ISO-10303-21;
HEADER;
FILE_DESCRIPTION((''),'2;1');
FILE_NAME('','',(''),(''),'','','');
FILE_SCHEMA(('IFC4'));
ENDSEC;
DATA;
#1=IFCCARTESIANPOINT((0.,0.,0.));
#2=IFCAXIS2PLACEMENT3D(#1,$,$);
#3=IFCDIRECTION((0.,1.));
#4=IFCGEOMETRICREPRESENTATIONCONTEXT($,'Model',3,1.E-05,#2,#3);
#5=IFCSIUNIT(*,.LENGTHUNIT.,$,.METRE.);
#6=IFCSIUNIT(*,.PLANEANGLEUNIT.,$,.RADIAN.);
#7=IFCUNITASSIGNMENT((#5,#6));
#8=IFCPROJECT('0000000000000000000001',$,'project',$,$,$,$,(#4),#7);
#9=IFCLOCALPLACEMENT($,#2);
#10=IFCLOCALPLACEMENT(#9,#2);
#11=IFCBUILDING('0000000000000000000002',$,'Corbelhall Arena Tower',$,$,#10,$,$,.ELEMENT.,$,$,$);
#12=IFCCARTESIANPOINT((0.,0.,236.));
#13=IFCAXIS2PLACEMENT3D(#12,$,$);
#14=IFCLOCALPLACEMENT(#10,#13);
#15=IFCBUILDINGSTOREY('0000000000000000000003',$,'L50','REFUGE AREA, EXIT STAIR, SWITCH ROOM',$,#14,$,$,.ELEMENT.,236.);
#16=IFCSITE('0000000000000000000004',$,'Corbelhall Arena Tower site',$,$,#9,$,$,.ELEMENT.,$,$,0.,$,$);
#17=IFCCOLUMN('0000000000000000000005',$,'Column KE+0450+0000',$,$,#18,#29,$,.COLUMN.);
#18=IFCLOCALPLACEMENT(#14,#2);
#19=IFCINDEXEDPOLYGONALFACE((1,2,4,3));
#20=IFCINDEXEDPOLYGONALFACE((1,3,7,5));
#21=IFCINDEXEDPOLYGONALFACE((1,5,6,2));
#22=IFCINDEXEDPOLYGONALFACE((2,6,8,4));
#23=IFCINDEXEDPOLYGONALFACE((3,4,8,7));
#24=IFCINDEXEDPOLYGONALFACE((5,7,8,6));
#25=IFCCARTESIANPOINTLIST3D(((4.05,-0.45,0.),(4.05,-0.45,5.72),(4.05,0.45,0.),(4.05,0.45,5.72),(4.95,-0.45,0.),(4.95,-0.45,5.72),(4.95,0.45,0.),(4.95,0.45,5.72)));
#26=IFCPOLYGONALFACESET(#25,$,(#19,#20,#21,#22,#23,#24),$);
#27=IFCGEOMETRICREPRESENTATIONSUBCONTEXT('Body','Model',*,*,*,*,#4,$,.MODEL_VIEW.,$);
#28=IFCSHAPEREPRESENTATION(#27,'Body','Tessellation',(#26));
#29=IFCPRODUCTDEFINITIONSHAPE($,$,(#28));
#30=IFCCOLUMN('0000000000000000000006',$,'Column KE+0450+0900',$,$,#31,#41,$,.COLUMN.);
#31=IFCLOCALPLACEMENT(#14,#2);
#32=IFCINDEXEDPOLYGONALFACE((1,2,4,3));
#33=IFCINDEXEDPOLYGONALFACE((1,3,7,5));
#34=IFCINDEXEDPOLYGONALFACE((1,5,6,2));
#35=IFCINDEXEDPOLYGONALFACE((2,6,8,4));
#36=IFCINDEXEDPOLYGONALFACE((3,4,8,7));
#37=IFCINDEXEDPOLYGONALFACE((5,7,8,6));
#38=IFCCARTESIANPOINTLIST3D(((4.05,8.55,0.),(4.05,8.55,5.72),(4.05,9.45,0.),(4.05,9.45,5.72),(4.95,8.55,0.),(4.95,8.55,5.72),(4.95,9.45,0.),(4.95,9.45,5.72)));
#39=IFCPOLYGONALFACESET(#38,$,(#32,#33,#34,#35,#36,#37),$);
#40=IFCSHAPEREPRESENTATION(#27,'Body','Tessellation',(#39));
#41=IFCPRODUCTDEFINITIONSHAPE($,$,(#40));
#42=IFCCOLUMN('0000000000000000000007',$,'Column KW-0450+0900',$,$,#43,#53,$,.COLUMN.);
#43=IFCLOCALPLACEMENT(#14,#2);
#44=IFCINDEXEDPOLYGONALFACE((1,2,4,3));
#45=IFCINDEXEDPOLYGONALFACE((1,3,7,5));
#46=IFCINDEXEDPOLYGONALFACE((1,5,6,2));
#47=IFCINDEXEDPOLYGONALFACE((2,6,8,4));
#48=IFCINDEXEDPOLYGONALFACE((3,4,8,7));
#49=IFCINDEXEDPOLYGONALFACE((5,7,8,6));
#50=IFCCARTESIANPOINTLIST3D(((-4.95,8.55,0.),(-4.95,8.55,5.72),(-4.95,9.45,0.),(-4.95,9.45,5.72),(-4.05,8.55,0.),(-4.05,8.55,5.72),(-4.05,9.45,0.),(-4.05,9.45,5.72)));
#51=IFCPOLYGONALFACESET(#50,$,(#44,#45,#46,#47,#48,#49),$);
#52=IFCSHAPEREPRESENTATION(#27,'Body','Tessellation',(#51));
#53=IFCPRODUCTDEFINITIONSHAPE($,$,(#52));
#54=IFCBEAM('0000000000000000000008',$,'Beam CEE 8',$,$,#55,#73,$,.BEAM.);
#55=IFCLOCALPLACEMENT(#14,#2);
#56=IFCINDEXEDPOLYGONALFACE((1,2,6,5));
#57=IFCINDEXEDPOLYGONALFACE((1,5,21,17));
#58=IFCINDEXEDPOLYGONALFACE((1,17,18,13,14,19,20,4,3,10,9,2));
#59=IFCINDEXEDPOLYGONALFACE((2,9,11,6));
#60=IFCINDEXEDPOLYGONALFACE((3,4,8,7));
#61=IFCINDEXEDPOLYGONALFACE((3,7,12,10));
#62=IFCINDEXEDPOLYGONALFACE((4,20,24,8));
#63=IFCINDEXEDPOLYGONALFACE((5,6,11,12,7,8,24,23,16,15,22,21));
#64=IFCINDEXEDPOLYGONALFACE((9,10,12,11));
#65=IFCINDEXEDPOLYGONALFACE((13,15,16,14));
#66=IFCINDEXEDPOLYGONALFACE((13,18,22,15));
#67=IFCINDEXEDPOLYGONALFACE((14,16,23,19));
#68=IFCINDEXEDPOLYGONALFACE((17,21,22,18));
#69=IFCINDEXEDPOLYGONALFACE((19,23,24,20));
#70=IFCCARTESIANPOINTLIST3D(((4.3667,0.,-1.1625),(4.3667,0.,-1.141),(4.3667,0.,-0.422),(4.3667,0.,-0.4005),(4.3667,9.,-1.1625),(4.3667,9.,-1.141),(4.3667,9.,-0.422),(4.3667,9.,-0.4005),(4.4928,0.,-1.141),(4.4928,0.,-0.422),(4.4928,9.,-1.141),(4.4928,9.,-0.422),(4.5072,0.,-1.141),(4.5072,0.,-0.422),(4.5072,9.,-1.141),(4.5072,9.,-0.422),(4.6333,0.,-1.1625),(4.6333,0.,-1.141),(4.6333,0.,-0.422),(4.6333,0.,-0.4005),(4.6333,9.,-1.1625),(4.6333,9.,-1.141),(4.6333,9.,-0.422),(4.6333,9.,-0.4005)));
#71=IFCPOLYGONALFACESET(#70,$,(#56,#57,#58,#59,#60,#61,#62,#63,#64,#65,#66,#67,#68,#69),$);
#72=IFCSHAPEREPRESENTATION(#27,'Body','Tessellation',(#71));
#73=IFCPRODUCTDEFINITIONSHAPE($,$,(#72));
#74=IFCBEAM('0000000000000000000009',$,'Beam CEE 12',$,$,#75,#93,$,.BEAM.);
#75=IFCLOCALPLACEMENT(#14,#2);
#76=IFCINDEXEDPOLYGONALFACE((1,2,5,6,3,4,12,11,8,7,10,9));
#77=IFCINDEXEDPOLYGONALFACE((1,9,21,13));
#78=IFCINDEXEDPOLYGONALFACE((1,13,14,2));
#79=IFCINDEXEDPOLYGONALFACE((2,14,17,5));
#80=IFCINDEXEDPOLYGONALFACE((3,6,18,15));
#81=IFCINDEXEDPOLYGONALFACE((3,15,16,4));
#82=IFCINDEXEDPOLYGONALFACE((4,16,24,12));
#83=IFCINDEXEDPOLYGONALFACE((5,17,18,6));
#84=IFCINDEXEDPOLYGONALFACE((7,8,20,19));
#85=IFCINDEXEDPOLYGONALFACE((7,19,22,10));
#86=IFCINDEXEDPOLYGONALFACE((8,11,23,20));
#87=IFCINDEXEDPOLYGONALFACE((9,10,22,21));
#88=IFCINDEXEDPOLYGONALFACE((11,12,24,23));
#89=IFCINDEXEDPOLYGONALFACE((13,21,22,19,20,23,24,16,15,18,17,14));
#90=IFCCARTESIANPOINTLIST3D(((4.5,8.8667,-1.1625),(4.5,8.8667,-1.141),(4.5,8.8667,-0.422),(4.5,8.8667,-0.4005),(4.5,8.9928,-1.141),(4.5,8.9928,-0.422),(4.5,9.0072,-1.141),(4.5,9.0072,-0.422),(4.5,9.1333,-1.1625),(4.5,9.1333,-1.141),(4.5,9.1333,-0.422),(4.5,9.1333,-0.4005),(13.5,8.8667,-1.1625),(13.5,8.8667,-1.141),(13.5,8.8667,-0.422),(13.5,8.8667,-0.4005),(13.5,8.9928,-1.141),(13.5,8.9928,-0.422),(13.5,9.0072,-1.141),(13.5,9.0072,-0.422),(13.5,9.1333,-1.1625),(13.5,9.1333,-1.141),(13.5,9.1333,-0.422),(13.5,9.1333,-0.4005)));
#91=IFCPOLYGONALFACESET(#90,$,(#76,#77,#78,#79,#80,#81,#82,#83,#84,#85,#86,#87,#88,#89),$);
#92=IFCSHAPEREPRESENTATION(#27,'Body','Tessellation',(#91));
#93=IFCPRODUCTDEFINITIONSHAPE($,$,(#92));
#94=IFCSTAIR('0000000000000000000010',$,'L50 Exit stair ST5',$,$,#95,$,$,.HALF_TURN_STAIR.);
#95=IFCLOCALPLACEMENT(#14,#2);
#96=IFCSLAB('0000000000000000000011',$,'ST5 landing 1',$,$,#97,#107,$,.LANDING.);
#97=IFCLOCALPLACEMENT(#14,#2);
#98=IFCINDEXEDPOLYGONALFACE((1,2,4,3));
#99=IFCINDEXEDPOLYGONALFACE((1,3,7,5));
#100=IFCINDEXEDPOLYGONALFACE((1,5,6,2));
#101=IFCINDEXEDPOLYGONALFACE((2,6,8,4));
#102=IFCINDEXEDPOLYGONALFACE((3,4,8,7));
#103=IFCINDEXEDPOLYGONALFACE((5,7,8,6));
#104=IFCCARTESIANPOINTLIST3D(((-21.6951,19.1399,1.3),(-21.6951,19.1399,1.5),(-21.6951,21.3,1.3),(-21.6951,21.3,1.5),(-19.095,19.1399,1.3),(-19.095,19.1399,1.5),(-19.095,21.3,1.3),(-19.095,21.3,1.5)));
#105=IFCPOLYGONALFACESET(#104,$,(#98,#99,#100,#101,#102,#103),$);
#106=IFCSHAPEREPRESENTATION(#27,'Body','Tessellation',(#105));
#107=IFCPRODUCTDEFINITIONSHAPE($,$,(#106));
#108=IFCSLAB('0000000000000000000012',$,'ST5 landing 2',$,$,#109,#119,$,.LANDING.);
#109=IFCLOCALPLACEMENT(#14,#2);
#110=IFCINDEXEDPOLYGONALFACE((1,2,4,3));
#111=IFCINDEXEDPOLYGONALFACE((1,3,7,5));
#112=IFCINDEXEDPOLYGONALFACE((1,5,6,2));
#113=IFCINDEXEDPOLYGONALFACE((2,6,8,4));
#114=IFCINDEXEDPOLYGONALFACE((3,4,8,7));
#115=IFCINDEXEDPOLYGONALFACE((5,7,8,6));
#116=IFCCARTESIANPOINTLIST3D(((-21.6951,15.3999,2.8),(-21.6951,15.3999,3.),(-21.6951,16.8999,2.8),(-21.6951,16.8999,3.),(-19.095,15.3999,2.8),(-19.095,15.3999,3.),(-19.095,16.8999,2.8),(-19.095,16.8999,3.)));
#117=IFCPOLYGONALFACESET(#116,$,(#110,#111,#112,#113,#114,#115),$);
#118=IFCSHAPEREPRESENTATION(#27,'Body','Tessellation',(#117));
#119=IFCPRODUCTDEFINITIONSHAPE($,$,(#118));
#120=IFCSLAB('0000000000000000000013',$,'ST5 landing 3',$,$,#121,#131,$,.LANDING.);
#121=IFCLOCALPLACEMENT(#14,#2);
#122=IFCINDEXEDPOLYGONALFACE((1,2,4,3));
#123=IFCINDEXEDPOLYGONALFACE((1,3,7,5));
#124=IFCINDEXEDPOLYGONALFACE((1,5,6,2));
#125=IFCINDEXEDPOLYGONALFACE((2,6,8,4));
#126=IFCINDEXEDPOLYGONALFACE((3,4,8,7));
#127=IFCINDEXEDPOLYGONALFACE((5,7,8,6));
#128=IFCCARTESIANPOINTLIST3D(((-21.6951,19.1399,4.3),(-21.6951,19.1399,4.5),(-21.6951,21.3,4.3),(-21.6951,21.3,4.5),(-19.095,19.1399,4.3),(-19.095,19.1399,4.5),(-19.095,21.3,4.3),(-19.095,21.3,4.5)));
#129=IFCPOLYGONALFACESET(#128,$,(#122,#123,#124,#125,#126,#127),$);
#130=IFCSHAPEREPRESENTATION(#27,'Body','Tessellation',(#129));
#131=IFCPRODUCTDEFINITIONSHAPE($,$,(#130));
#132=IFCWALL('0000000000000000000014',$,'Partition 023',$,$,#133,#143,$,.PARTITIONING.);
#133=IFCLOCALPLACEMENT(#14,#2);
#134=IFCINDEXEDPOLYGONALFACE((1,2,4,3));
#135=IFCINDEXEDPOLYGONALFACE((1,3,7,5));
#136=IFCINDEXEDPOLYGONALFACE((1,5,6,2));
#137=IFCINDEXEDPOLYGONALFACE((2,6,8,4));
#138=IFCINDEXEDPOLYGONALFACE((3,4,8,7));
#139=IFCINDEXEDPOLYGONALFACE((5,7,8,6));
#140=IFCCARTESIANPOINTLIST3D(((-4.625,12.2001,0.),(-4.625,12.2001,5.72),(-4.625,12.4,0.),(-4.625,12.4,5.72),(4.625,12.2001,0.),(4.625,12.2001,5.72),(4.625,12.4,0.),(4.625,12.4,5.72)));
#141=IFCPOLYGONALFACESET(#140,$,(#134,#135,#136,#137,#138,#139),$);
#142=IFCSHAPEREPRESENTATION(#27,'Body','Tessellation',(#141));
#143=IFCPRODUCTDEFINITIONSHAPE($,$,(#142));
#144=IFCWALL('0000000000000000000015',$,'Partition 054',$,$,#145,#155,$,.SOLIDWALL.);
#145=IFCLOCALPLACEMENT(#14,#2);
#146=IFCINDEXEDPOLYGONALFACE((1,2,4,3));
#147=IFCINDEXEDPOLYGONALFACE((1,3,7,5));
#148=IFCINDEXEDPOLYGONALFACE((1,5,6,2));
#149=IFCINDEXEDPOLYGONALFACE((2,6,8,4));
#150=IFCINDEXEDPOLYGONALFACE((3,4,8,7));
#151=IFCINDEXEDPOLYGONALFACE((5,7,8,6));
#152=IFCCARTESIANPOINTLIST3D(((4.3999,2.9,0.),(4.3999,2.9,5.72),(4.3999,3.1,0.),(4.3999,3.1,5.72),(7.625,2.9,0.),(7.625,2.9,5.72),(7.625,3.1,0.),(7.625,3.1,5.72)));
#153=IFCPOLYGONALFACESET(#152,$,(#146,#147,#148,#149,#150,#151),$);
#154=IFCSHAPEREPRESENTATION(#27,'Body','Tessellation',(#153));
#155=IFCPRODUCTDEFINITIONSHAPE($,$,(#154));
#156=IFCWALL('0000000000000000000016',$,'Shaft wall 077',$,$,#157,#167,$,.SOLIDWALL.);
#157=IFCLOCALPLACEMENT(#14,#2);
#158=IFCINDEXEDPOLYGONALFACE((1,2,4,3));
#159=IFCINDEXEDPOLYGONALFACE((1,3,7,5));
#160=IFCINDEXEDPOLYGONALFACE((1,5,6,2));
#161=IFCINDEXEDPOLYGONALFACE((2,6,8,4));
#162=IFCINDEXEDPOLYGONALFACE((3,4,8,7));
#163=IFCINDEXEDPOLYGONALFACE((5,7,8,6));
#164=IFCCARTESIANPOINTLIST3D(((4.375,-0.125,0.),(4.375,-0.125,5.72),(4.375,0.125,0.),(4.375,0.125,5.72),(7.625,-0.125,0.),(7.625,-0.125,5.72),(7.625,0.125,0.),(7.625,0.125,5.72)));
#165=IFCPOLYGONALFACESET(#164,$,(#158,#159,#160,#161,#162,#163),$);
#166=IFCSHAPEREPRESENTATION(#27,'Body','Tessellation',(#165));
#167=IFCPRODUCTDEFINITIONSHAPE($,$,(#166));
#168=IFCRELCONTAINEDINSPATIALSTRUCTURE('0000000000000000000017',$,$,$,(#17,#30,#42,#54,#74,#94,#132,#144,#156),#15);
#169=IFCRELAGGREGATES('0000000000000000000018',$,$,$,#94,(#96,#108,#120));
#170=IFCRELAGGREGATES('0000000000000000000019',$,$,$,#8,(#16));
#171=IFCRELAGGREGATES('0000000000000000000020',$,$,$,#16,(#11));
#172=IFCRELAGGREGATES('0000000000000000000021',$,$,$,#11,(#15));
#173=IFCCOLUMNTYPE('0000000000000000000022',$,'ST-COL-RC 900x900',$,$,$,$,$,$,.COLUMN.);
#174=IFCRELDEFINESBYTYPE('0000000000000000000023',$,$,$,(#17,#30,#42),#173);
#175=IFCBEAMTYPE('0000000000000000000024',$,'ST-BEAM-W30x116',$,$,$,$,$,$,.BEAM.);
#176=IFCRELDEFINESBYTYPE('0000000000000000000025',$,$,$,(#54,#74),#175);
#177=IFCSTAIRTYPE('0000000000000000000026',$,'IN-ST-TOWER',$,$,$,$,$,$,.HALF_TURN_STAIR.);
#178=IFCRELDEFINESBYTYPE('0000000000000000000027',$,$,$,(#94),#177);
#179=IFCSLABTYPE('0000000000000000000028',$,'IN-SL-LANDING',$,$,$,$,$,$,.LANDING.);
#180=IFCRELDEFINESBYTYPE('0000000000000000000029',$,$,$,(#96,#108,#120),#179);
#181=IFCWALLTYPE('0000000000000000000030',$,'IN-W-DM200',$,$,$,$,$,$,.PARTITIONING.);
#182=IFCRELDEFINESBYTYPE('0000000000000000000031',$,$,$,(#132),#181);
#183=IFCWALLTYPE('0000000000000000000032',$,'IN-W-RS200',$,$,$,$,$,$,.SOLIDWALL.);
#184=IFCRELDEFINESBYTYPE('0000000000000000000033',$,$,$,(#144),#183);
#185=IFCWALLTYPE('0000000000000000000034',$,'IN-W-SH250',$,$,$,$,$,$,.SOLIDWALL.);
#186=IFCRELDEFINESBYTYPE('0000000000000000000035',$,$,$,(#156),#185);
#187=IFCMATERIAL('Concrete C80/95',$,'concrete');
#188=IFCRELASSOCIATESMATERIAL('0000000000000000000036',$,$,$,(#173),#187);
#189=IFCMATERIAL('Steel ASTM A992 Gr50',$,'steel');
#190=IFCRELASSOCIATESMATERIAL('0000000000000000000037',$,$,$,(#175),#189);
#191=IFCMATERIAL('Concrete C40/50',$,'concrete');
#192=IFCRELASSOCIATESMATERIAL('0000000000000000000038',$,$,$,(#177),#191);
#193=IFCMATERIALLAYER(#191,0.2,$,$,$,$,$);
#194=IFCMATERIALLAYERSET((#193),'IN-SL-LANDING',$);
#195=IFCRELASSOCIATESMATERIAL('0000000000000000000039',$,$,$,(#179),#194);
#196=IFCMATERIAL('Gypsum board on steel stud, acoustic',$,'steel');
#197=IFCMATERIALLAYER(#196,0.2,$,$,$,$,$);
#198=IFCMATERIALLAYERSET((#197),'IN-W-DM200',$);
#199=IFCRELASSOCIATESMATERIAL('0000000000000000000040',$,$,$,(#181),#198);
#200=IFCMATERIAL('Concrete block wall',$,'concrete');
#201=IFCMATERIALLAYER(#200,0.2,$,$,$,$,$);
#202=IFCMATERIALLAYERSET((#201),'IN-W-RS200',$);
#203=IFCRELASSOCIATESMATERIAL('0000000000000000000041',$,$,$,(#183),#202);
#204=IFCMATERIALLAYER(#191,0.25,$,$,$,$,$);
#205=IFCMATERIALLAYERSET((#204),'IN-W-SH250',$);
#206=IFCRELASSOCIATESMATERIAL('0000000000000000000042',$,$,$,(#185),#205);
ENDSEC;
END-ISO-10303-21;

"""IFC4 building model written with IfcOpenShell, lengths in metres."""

from ifc_helpers import new_model, si_unit, direction, frame, frame_2d, origin, origin_2d, place, context, subcontext, project, spatial, polyline, rectangle, i_section, outline, extrude, material, layer, layer_set, material_profile, profile_set, type_object, element, aggregate, save


model = new_model("IFC4")

# Units and contexts
model_context = context("Model", 3, precision=1e-05, world=origin(), true_north=direction((0.0, 1.0)))
body_context = subcontext(model_context, "Body", "Model", "MODEL_VIEW")
ifc_project = project(units=[si_unit("LENGTHUNIT", "METRE"), si_unit("PLANEANGLEUNIT", "RADIAN")], contexts=[model_context])

# Site, building, storey
site_placement = place(None, origin())
site = spatial("IfcSite", under=ifc_project, at=site_placement, Name="Corbelhall Arena Tower site", CompositionType="ELEMENT", RefElevation=0.0)
building_placement = place(site_placement, origin())
building = spatial("IfcBuilding", under=site, at=building_placement, Name="Corbelhall Arena Tower", CompositionType="ELEMENT")
storey_placement = place(building_placement, frame((0.0, 0.0, 236.0)))
storey = spatial("IfcBuildingStorey", under=building, at=storey_placement, Name="L50", Description="REFUGE AREA, EXIT STAIR, SWITCH ROOM", CompositionType="ELEMENT", Elevation=236.0)

# Columns
ifc_material_1 = material(Name="Concrete C80/95", Category="concrete")
ifc_material_profile_1 = material_profile(ifc_material_1, rectangle(XDim=0.8999, YDim=0.8999, at=origin_2d()))
ifc_profile_set_1 = profile_set([ifc_material_profile_1], Name="Concrete C80/95")
column_type = type_object("IfcColumnType", Name="ST-COL-RC 900x900", PredefinedType="COLUMN", material=ifc_profile_set_1)
for number, where, z_axis, x_axis, name in (
    (1, (4.5, 0.0, 0.0), (0.0, 0.0, 1.0), (1.0, 0.0, 0.0), "Column KE+0450+0000"),
    (2, (4.5, 9.0, 0.0), (0.0, 0.0, 1.0), (1.0, 0.0, 0.0), "Column KE+0450+0900"),
    (3, (-4.5, 9.0, 0.0), (0.0, 0.0, 1.0), (1.0, 0.0, 0.0), "Column KW-0450+0900"),
):
    element("IfcColumn", number, at=place(storey_placement, frame(where, z_axis=z_axis, x_axis=x_axis)), inside=storey, type_object=column_type, Name=name, PredefinedType="COLUMN", context=body_context, shape_type="SweptSolid", body=[
        extrude(rectangle(XDim=0.8999, YDim=0.8999, at=origin_2d()), origin(), (0.0, 0.0, 1.0), 5.72),
    ])

# Beams
ifc_material_2 = material(Name="Steel ASTM A992 Gr50", Category="steel")
ifc_material_profile_2 = material_profile(ifc_material_2, i_section(OverallWidth=0.2666, OverallDepth=0.762, WebThickness=0.0144, FlangeThickness=0.0215, at=origin_2d()))
ifc_profile_set_2 = profile_set([ifc_material_profile_2], Name="Steel ASTM A992 Gr50")
beam_type = type_object("IfcBeamType", Name="ST-BEAM-W30x116", PredefinedType="BEAM", material=ifc_profile_set_2)
for number, where, z_axis, x_axis, name in (
    (4, (4.5, 0.0, -0.7815), (0.0, 1.0, 0.0), (-1.0, 0.0, 0.0), "Beam CEE 8"),
    (5, (4.5, 9.0, -0.7815), (1.0, 0.0, 0.0), (0.0, 1.0, 0.0), "Beam CEE 12"),
):
    element("IfcBeam", number, at=place(storey_placement, frame(where, z_axis=z_axis, x_axis=x_axis)), inside=storey, type_object=beam_type, Name=name, PredefinedType="BEAM", context=body_context, shape_type="SweptSolid", body=[
        extrude(i_section(OverallWidth=0.2666, OverallDepth=0.762, WebThickness=0.0144, FlangeThickness=0.0215, at=origin_2d()), origin(), (0.0, 0.0, 1.0), 9.0),
    ])

# Stair, slabs
ifc_material_3 = material(Name="Concrete C40/50", Category="concrete")
stair_type = type_object("IfcStairType", Name="IN-ST-TOWER", PredefinedType="HALF_TURN_STAIR", material=ifc_material_3)
stair_placement = place(storey_placement, origin())
stair = element("IfcStair", 6, at=stair_placement, inside=storey, type_object=stair_type, Name="L50 Exit stair ST5", PredefinedType="HALF_TURN_STAIR")
ifc_layer_1 = layer(ifc_material_3, 0.2)
ifc_layer_set_1 = layer_set([ifc_layer_1], Name="IN-SL-LANDING")
slab_type = type_object("IfcSlabType", Name="IN-SL-LANDING", PredefinedType="LANDING", material=ifc_layer_set_1)
slab_1_placement = place(storey_placement, frame((0.0, 0.0, 1.3)))
slab_1 = element("IfcSlab", 7, at=slab_1_placement, type_object=slab_type, Name="ST5 landing 1", PredefinedType="LANDING", context=body_context, shape_type="SweptSolid", body=[
    extrude(outline(polyline([(-19.095, 19.1399), (-19.095, 21.3), (-21.6951, 21.3), (-21.6951, 19.1399), (-19.095, 19.1399)])), origin(), (0.0, 0.0, 1.0), 0.2),
])
slab_2_placement = place(storey_placement, frame((0.0, 0.0, 2.8)))
slab_2 = element("IfcSlab", 8, at=slab_2_placement, type_object=slab_type, Name="ST5 landing 2", PredefinedType="LANDING", context=body_context, shape_type="SweptSolid", body=[
    extrude(outline(polyline([(-19.095, 15.3999), (-19.095, 16.8999), (-21.6951, 16.8999), (-21.6951, 15.3999), (-19.095, 15.3999)])), origin(), (0.0, 0.0, 1.0), 0.2),
])
slab_3_placement = place(storey_placement, frame((0.0, 0.0, 4.3)))
slab_3 = element("IfcSlab", 9, at=slab_3_placement, type_object=slab_type, Name="ST5 landing 3", PredefinedType="LANDING", context=body_context, shape_type="SweptSolid", body=[
    extrude(outline(polyline([(-19.095, 19.1399), (-19.095, 21.3), (-21.6951, 21.3), (-21.6951, 19.1399), (-19.095, 19.1399)])), origin(), (0.0, 0.0, 1.0), 0.2),
])
aggregate(stair, [slab_1, slab_2, slab_3])

# Walls
ifc_material_4 = material(Name="Gypsum board on steel stud, acoustic", Category="steel")
ifc_layer_2 = layer(ifc_material_4, 0.2)
ifc_layer_set_2 = layer_set([ifc_layer_2], Name="IN-W-DM200")
wall_type_1 = type_object("IfcWallType", Name="IN-W-DM200", PredefinedType="PARTITIONING", material=ifc_layer_set_2)
wall_1_placement = place(storey_placement, frame((-4.625, 12.3, 0.0), z_axis=(0.0, 0.0, 1.0), x_axis=(1.0, 0.0, 0.0)))
element("IfcWall", 10, at=wall_1_placement, inside=storey, type_object=wall_type_1, Name="Partition 023", PredefinedType="PARTITIONING", context=body_context, shape_type="SweptSolid", body=[
    extrude(rectangle(XDim=9.25, YDim=0.2, at=frame_2d((4.625, 0.0))), origin(), (0.0, 0.0, 1.0), 5.72),
])
ifc_material_5 = material(Name="Concrete block wall", Category="concrete")
ifc_layer_3 = layer(ifc_material_5, 0.2)
ifc_layer_set_3 = layer_set([ifc_layer_3], Name="IN-W-RS200")
wall_type_2 = type_object("IfcWallType", Name="IN-W-RS200", PredefinedType="SOLIDWALL", material=ifc_layer_set_3)
wall_2_placement = place(storey_placement, frame((4.3999, 3.0, 0.0), z_axis=(0.0, 0.0, 1.0), x_axis=(1.0, 0.0, 0.0)))
element("IfcWall", 11, at=wall_2_placement, inside=storey, type_object=wall_type_2, Name="Partition 054", PredefinedType="SOLIDWALL", context=body_context, shape_type="SweptSolid", body=[
    extrude(rectangle(XDim=3.2251, YDim=0.2, at=frame_2d((1.6125, 0.0))), origin(), (0.0, 0.0, 1.0), 5.72),
])

# Wall
ifc_layer_4 = layer(ifc_material_3, 0.25)
ifc_layer_set_4 = layer_set([ifc_layer_4], Name="IN-W-SH250")
wall_type_3 = type_object("IfcWallType", Name="IN-W-SH250", PredefinedType="SOLIDWALL", material=ifc_layer_set_4)
wall_3_placement = place(storey_placement, frame((4.375, 0.0, 0.0), z_axis=(0.0, 0.0, 1.0), x_axis=(1.0, 0.0, 0.0)))
element("IfcWall", 12, at=wall_3_placement, inside=storey, type_object=wall_type_3, Name="Shaft wall 077", PredefinedType="SOLIDWALL", context=body_context, shape_type="SweptSolid", body=[
    extrude(rectangle(XDim=3.25, YDim=0.25, at=frame_2d((1.625, 0.0))), origin(), (0.0, 0.0, 1.0), 5.72),
])

save(model, "model.ifc")
